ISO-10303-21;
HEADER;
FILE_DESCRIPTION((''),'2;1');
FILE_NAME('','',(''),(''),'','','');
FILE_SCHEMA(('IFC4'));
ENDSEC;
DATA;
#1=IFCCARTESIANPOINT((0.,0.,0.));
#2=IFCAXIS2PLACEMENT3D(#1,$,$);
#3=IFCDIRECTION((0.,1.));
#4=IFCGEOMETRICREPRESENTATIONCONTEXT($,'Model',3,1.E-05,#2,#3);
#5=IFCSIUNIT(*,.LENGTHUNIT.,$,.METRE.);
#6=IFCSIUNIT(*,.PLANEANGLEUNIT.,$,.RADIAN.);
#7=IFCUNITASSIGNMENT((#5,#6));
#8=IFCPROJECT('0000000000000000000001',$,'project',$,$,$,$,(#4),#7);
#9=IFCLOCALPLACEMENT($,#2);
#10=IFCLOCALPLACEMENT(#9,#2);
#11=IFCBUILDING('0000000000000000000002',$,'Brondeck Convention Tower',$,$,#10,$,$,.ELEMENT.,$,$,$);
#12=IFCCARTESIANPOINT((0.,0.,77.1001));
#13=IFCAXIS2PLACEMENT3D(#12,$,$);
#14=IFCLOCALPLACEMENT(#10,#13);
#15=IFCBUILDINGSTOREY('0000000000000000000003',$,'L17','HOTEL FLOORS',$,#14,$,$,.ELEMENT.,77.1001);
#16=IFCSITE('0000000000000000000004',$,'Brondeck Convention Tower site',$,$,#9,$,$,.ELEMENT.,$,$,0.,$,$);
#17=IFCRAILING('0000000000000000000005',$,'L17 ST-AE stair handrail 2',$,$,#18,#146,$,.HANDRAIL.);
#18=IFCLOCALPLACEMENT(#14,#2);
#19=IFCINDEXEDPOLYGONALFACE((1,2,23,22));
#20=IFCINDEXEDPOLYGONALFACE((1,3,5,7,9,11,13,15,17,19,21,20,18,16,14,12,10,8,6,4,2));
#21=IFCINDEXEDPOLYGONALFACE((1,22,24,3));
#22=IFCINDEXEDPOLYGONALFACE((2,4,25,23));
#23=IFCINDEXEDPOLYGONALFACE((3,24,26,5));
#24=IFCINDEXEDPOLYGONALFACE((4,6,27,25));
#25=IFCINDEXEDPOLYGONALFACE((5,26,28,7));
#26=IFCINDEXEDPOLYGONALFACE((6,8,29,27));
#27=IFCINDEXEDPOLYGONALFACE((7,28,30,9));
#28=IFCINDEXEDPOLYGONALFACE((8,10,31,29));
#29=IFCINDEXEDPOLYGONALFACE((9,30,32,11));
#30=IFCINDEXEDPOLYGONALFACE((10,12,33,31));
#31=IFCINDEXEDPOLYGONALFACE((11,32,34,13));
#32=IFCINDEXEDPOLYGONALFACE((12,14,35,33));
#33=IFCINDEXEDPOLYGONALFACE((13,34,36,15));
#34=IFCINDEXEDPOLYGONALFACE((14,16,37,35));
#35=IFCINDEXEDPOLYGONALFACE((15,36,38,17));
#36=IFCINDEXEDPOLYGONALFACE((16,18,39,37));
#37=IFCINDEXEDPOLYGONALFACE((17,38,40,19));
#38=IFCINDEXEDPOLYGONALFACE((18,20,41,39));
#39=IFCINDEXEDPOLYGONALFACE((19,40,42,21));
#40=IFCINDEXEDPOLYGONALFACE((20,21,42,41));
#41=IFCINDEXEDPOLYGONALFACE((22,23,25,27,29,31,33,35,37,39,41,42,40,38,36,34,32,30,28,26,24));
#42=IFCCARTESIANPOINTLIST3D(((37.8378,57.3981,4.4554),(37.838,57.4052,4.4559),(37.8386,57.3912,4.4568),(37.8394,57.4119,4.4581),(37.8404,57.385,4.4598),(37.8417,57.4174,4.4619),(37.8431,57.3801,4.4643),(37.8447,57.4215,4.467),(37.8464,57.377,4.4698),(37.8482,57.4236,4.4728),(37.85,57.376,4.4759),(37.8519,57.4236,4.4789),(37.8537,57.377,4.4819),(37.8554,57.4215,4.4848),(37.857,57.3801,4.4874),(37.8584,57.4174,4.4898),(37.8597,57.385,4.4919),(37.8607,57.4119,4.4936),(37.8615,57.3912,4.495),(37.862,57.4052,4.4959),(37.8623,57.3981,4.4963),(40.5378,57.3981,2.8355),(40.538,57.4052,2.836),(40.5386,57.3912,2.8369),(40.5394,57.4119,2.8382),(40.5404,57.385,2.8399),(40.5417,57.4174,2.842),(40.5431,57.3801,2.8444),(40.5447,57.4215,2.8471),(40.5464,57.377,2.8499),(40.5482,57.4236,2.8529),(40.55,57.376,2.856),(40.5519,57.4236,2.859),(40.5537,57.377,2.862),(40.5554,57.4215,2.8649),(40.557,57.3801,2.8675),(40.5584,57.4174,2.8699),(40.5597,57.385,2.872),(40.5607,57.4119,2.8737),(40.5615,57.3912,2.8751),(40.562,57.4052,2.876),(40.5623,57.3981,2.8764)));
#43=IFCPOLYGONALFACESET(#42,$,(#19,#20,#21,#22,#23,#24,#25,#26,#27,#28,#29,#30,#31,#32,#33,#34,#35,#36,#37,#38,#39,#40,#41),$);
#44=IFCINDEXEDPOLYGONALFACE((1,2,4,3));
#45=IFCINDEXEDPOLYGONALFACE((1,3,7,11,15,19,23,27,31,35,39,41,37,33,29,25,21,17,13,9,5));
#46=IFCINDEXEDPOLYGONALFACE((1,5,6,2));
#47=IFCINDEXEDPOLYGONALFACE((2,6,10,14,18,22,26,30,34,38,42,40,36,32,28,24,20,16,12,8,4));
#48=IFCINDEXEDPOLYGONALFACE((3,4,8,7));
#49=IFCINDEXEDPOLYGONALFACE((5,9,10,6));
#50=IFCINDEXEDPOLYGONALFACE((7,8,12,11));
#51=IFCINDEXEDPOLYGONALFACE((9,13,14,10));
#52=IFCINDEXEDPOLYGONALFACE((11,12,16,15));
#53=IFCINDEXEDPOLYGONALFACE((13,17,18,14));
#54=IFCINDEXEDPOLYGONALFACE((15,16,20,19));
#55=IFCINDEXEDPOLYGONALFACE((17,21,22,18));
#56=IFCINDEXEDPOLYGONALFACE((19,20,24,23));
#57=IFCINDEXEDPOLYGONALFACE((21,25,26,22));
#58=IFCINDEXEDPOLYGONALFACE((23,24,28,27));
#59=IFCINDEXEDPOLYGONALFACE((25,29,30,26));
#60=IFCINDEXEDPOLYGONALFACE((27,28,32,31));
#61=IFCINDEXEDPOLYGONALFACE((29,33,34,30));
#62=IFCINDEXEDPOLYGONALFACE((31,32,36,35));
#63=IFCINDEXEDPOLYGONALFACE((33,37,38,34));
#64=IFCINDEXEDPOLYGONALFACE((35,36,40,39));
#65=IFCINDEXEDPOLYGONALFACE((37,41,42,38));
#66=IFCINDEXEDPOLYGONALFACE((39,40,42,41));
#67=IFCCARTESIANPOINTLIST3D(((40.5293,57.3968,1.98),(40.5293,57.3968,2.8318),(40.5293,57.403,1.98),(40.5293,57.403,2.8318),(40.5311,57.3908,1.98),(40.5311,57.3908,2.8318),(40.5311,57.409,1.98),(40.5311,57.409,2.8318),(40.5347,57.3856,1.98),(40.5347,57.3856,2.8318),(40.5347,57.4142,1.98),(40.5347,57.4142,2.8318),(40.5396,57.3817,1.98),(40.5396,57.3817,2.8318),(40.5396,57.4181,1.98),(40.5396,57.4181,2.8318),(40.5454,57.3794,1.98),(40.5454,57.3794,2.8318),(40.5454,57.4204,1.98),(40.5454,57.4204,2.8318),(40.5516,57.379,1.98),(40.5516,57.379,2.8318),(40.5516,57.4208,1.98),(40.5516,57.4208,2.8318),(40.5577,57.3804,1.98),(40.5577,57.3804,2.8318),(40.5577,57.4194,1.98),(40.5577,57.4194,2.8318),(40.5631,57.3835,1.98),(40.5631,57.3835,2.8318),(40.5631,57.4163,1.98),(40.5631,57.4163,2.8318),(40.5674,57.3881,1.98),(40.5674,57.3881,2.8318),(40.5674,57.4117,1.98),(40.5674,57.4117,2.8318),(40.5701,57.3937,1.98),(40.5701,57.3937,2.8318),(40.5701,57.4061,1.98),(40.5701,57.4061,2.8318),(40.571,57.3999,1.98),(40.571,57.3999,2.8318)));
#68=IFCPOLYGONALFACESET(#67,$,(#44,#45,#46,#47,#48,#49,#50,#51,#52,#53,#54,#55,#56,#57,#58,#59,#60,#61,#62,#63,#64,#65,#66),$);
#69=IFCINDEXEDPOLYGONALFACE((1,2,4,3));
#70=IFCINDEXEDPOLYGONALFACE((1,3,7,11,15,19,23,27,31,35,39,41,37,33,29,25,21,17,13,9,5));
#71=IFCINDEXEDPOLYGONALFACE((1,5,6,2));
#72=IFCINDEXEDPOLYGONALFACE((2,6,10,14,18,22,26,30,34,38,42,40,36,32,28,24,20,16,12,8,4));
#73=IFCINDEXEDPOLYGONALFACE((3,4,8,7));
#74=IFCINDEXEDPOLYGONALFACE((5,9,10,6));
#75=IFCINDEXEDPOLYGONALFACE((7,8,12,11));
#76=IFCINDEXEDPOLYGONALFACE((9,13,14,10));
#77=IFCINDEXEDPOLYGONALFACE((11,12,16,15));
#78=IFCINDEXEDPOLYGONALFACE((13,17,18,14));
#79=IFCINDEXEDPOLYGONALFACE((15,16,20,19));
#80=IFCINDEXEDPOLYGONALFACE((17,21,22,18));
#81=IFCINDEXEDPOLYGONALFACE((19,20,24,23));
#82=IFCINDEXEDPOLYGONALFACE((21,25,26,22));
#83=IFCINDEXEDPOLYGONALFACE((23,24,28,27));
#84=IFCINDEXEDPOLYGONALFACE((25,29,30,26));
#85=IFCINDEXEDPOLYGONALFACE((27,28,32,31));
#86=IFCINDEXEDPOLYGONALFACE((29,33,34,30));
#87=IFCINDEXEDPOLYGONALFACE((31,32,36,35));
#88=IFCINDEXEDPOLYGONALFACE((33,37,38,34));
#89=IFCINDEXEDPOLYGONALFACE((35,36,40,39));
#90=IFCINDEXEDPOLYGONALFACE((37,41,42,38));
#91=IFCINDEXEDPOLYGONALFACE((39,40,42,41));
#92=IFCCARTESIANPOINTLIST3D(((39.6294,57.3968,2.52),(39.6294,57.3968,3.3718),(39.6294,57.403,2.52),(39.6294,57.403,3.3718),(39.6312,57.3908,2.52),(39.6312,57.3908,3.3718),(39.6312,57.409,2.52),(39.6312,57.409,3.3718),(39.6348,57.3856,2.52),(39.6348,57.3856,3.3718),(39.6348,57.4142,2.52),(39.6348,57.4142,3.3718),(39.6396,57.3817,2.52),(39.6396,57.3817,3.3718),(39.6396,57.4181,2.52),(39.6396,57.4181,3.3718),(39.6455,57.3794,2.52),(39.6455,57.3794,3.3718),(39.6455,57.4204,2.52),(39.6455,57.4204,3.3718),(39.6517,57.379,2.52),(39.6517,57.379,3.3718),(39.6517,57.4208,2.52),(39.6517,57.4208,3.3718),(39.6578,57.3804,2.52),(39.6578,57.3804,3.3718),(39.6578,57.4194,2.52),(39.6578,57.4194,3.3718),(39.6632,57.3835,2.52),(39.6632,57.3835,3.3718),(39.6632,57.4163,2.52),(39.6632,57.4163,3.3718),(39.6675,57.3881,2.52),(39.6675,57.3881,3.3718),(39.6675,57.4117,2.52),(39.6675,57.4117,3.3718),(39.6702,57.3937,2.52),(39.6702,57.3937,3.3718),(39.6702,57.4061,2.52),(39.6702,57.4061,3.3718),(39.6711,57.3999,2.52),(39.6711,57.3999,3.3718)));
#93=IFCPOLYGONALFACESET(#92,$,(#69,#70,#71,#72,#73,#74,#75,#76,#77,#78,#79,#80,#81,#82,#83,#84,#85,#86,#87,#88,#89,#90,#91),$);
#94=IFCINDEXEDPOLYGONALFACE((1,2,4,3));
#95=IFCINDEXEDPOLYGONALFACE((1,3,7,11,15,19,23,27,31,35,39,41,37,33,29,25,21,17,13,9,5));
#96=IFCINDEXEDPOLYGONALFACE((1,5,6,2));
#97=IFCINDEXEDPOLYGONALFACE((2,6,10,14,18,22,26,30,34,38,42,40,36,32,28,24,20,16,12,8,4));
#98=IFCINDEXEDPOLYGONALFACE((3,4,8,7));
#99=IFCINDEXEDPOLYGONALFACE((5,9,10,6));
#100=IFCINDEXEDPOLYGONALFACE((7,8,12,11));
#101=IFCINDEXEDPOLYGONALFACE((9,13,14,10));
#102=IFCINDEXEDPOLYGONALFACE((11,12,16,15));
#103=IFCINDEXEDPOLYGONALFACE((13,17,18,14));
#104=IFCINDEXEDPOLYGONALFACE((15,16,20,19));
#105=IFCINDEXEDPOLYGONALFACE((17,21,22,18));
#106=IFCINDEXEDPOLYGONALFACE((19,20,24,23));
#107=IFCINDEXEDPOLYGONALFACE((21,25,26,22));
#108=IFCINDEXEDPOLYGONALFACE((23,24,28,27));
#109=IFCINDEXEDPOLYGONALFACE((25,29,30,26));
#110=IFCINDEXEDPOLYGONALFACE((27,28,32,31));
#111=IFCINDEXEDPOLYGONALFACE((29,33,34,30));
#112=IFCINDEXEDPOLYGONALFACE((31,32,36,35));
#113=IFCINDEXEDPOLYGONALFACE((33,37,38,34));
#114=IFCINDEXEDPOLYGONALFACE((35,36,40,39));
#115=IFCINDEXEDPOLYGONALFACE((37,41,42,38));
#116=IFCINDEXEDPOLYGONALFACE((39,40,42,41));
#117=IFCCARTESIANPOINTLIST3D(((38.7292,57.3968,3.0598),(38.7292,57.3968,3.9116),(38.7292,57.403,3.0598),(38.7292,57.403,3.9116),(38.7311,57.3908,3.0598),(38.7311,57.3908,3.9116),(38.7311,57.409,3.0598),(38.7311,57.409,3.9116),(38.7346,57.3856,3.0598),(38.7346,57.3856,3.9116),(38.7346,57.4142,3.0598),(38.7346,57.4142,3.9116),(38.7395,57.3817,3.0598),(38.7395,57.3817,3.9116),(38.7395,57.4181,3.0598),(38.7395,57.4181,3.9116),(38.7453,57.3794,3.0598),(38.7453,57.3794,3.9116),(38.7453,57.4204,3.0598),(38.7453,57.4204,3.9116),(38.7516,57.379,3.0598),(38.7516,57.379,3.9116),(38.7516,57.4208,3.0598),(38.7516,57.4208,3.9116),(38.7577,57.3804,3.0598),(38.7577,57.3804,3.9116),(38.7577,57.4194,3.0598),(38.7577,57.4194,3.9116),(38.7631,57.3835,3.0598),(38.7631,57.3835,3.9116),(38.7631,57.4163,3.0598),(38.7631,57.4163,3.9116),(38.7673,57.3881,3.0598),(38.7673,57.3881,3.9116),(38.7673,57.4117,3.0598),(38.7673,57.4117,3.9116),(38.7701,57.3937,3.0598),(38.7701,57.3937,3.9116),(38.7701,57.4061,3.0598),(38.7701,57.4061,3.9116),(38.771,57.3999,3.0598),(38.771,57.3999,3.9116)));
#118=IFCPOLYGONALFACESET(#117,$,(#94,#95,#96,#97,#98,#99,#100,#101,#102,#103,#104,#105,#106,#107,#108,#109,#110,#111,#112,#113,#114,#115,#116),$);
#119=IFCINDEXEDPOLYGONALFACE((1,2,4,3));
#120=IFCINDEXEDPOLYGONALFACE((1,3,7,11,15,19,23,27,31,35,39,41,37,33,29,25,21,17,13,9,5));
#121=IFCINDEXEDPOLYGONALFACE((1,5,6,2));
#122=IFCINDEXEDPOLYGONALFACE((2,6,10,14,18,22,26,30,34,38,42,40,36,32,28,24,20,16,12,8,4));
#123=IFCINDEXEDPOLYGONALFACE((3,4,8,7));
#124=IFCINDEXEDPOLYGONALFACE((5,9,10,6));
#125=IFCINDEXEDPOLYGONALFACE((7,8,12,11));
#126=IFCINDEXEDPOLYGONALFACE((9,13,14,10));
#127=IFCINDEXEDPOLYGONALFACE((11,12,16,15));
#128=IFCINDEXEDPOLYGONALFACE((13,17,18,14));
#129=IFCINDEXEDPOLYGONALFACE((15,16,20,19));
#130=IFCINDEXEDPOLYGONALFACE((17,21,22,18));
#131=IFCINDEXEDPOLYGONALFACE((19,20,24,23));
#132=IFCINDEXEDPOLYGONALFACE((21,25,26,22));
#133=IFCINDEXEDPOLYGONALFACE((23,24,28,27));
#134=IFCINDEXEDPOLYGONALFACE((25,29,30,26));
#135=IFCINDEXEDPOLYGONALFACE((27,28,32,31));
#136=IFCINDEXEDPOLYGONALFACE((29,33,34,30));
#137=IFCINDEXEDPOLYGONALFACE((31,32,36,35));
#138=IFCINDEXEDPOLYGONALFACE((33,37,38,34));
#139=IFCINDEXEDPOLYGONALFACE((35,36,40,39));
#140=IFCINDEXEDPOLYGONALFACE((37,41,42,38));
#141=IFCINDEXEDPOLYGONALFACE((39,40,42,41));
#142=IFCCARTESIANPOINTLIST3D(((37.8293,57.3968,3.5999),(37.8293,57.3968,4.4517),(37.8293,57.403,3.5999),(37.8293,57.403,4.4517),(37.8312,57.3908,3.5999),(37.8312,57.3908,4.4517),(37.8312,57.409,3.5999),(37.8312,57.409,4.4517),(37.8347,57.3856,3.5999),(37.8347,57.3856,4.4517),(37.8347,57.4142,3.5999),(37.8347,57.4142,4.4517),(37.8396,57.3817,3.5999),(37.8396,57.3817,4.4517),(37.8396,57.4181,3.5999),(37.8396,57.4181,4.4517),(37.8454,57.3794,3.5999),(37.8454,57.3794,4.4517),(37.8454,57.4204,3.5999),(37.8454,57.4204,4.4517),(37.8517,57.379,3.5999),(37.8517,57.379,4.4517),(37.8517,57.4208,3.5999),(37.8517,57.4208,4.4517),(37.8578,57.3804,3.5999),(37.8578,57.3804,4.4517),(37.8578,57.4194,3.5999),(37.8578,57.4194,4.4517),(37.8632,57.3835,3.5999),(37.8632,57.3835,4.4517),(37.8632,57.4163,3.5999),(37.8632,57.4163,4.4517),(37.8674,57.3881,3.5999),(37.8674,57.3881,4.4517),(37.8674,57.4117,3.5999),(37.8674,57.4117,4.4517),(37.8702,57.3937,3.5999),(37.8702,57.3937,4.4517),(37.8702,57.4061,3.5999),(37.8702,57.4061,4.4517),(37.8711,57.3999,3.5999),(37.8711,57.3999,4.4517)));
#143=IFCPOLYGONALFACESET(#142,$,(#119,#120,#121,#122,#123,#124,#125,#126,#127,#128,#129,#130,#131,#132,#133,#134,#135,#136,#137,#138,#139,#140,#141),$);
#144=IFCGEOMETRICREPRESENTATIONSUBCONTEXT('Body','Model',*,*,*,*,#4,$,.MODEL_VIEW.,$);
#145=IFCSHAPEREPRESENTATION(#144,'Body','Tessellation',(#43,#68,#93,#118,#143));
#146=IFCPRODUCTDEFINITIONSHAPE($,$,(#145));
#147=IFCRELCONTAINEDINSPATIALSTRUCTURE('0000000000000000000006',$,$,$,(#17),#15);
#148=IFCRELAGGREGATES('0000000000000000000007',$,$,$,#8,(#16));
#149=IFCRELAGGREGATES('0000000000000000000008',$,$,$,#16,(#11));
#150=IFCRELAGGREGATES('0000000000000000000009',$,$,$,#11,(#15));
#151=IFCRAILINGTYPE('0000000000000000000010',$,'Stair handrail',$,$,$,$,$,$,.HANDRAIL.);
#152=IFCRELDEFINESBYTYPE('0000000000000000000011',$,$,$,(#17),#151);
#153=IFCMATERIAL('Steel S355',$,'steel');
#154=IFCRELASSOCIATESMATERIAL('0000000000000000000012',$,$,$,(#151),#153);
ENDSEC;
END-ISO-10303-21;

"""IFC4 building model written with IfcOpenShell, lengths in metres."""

from ifc_helpers import new_model, si_unit, direction, frame, origin, origin_2d, place, context, subcontext, project, spatial, circle, extrude, material, type_object, element, save


model = new_model("IFC4")

# Units and contexts
model_context = context("Model", 3, precision=1e-05, world=origin(), true_north=direction((0.0, 1.0)))
body_context = subcontext(model_context, "Body", "Model", "MODEL_VIEW")
ifc_project = project(units=[si_unit("LENGTHUNIT", "METRE"), si_unit("PLANEANGLEUNIT", "RADIAN")], contexts=[model_context])

# Site, building, storey
site_placement = place(None, origin())
site = spatial("IfcSite", under=ifc_project, at=site_placement, Name="Brondeck Convention Tower site", CompositionType="ELEMENT", RefElevation=0.0)
building_placement = place(site_placement, origin())
building = spatial("IfcBuilding", under=site, at=building_placement, Name="Brondeck Convention Tower", CompositionType="ELEMENT")
storey_placement = place(building_placement, frame((0.0, 0.0, 77.1001)))
storey = spatial("IfcBuildingStorey", under=building, at=storey_placement, Name="L17", Description="HOTEL FLOORS", CompositionType="ELEMENT", Elevation=77.1001)

# Shared definitions
ifc_material_1 = material(Name="Steel S355", Category="steel")

# Railing
railing_type_1 = type_object("IfcRailingType", Name="Stair handrail", PredefinedType="HANDRAIL", material=ifc_material_1)
railing_1_placement = place(storey_placement, frame((40.55, 57.3999, 1.98)))
element("IfcRailing", 1, at=railing_1_placement, inside=storey, type_object=railing_type_1, Name="L17 ST-AE stair handrail 2", PredefinedType="HANDRAIL", context=body_context, shape_type="SweptSolid", body=[
    extrude(circle(Radius=0.0239, at=origin_2d()), frame((0.0, 0.0, 0.876), z_axis=(-0.857507, 0.0, 0.514473), x_axis=(0.0, -1.0, 0.0)), (0.0, 0.0, 1.0), 3.1487),
    extrude(circle(Radius=0.021, at=origin_2d()), origin(), (0.0, 0.0, 1.0), 0.8518),
    extrude(circle(Radius=0.021, at=origin_2d()), frame((-0.8999, 0.0, 0.54)), (0.0, 0.0, 1.0), 0.8518),
    extrude(circle(Radius=0.021, at=origin_2d()), frame((-1.8, 0.0, 1.0798)), (0.0, 0.0, 1.0), 0.8518),
    extrude(circle(Radius=0.021, at=origin_2d()), frame((-2.7, 0.0, 1.6199)), (0.0, 0.0, 1.0), 0.8518),
])

save(model, "model.ifc")
